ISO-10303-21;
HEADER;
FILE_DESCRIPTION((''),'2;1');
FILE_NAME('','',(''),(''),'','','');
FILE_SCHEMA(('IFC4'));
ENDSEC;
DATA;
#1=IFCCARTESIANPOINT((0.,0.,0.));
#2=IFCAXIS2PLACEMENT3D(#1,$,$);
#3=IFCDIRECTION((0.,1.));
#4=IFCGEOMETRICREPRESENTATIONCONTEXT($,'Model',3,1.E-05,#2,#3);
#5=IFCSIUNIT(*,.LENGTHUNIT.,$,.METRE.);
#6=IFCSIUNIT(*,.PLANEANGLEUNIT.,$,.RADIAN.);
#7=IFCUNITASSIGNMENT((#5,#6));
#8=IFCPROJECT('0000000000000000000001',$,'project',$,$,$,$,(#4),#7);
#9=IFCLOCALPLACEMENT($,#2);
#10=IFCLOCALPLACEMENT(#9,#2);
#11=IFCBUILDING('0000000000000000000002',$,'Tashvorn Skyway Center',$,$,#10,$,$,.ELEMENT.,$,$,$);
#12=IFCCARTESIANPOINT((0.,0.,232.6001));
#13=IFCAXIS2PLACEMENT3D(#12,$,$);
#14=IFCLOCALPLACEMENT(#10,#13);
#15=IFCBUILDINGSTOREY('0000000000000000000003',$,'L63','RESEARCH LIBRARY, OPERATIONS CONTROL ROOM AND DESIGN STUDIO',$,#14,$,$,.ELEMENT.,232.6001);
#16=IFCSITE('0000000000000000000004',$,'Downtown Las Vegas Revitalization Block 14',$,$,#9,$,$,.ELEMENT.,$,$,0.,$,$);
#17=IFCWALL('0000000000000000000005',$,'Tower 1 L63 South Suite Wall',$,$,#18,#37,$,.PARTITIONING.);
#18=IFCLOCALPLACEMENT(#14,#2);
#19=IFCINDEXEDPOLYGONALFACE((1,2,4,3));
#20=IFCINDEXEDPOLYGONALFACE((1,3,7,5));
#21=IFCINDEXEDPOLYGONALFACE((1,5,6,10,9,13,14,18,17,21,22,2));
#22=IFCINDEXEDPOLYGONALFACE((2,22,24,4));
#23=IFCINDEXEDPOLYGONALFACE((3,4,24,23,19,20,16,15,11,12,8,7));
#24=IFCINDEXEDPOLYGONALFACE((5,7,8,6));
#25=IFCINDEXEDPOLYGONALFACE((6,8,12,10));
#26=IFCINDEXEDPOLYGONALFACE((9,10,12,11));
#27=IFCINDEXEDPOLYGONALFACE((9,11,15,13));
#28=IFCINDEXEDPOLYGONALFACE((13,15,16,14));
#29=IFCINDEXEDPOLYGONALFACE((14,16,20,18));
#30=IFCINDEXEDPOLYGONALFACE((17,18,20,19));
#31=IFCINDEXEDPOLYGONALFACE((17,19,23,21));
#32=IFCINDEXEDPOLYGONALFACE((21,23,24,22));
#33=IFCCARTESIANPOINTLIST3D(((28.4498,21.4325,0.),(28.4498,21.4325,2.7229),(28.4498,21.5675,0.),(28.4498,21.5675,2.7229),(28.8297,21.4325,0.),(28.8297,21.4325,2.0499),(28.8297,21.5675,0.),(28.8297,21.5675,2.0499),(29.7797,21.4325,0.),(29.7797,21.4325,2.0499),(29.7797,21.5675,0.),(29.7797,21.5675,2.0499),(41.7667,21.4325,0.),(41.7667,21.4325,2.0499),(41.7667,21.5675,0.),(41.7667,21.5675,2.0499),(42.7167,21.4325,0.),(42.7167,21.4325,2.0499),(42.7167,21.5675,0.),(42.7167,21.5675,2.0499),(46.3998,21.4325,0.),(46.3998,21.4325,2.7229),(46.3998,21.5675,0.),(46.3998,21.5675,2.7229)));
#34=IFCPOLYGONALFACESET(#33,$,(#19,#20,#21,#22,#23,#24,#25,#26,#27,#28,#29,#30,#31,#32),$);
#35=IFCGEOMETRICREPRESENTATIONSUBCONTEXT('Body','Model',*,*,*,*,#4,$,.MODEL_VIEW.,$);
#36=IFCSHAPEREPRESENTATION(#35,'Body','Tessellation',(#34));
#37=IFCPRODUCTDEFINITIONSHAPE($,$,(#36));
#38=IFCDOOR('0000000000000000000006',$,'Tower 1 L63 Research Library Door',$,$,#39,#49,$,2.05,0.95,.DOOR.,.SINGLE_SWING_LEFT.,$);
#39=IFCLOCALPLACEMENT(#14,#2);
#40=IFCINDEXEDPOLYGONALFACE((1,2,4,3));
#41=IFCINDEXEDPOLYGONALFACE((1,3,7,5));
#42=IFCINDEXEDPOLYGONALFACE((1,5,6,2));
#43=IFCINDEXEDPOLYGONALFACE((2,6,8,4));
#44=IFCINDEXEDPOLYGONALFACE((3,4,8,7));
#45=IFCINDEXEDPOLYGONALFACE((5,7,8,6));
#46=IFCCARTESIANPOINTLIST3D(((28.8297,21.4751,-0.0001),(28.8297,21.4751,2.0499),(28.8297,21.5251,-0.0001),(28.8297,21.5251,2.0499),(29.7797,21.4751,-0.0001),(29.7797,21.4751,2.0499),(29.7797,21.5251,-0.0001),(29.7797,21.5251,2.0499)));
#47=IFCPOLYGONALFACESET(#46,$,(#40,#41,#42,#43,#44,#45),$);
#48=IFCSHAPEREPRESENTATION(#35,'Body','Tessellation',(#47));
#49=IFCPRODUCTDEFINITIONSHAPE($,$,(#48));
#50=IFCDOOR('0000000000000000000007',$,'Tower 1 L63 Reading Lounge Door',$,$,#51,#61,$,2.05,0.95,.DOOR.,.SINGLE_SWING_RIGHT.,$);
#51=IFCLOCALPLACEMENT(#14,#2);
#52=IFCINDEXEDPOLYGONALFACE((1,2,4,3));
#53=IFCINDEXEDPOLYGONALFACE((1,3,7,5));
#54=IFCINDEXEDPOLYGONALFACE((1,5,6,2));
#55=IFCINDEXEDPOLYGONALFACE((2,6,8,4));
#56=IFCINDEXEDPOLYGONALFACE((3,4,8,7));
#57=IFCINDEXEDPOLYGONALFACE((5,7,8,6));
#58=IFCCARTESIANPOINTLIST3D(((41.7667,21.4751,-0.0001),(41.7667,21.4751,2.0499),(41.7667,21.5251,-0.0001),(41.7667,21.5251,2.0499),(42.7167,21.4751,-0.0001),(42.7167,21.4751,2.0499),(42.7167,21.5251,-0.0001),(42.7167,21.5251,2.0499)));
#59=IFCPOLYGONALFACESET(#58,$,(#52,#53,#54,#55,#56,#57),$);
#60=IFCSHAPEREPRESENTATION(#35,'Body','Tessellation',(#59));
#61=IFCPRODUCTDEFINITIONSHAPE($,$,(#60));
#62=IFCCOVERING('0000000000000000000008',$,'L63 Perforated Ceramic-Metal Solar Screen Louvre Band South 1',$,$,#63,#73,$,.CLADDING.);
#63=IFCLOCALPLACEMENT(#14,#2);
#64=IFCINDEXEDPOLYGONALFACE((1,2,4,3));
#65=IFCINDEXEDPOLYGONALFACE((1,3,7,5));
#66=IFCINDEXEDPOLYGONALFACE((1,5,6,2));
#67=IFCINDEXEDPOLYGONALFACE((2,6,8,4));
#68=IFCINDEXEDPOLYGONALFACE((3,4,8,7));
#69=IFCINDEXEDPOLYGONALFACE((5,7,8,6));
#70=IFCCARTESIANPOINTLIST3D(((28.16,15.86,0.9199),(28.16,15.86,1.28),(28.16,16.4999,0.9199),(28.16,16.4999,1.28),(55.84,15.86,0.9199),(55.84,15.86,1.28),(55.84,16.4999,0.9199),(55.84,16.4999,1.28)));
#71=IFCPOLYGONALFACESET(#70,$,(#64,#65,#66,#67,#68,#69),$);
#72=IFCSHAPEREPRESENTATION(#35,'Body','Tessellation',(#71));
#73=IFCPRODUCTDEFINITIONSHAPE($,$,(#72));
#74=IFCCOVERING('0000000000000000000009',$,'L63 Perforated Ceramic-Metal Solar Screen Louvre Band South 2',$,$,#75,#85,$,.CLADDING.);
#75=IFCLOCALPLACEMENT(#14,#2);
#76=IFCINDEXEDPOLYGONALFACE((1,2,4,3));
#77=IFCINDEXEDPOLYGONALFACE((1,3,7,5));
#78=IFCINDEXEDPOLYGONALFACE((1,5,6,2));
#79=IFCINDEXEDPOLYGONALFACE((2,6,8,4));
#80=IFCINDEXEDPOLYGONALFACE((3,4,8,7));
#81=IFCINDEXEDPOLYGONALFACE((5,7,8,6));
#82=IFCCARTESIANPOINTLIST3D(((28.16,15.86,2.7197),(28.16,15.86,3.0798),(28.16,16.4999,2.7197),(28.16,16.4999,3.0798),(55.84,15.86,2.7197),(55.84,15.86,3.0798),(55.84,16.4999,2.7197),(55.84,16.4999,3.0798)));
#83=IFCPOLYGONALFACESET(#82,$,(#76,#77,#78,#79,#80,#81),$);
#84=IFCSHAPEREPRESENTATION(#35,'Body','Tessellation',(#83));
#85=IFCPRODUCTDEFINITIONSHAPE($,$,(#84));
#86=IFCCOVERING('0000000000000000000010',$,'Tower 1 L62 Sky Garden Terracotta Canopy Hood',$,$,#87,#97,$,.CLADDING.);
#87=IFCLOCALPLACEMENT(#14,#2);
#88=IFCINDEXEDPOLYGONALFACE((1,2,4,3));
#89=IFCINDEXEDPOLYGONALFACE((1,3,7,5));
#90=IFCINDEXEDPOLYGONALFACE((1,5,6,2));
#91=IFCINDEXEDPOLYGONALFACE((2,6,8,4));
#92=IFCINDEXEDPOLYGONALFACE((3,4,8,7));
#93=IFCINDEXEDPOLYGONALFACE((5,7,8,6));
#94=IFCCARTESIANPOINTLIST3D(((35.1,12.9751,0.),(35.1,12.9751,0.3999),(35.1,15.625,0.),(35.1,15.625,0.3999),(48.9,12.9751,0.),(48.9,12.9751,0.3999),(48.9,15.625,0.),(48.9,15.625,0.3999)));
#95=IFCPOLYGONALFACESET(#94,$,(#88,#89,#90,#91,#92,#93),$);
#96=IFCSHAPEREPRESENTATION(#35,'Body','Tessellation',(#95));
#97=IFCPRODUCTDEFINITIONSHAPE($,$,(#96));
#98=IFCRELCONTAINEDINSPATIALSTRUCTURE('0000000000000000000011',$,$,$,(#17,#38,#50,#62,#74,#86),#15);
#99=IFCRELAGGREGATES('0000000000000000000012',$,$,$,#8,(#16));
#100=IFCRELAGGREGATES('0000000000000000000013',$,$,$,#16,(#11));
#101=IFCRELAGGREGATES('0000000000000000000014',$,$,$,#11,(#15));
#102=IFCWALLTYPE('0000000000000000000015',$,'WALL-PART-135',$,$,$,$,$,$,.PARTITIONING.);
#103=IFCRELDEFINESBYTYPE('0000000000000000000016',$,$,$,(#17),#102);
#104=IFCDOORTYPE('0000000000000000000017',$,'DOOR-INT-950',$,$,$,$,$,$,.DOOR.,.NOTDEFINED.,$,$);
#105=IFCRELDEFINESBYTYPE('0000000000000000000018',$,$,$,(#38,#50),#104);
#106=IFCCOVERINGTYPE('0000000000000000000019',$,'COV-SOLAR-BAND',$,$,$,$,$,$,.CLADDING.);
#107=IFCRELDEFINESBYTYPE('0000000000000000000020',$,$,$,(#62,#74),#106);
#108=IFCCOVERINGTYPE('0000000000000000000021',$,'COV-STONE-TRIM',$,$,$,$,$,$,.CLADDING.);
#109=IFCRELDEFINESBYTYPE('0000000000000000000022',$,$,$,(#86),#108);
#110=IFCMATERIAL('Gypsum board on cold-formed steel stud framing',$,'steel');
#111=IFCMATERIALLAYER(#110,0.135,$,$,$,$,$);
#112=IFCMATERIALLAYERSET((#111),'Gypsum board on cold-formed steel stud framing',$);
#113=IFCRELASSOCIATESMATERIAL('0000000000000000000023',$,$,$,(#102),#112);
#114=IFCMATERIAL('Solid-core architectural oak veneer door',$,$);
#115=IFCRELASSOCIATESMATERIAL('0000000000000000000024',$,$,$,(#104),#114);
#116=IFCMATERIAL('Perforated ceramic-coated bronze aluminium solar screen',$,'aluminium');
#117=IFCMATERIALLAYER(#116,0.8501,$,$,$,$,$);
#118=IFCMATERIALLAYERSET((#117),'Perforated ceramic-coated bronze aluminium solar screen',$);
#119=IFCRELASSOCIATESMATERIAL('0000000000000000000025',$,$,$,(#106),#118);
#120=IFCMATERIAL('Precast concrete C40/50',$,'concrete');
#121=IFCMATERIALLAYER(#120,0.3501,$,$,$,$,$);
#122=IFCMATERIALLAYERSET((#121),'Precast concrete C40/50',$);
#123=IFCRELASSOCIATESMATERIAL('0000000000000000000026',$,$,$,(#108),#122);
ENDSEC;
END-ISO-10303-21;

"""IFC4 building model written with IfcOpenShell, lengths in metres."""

from ifc_helpers import new_model, si_unit, direction, frame, frame_2d, origin, origin_2d, place, context, subcontext, project, spatial, rectangle, extrude, material, layer, layer_set, type_object, element, fill, save


model = new_model("IFC4")

# Units and contexts
model_context = context("Model", 3, precision=1e-05, world=origin(), true_north=direction((0.0, 1.0)))
body_context = subcontext(model_context, "Body", "Model", "MODEL_VIEW")
ifc_project = project(units=[si_unit("LENGTHUNIT", "METRE"), si_unit("PLANEANGLEUNIT", "RADIAN")], contexts=[model_context])

# Site, building, storey
site_placement = place(None, origin())
site = spatial("IfcSite", under=ifc_project, at=site_placement, Name="Downtown Las Vegas Revitalization Block 14", CompositionType="ELEMENT", RefElevation=0.0)
building_placement = place(site_placement, origin())
building = spatial("IfcBuilding", under=site, at=building_placement, Name="Tashvorn Skyway Center", CompositionType="ELEMENT")
storey_placement = place(building_placement, frame((0.0, 0.0, 232.6001)))
storey = spatial("IfcBuildingStorey", under=building, at=storey_placement, Name="L63", Description="RESEARCH LIBRARY, OPERATIONS CONTROL ROOM AND DESIGN STUDIO", CompositionType="ELEMENT", Elevation=232.6001)

# Shared definitions
ifc_material_1 = material(Name="Gypsum board on cold-formed steel stud framing", Category="steel")

# Wall, openings, doors
ifc_layer_1 = layer(ifc_material_1, 0.135)
ifc_layer_set_1 = layer_set([ifc_layer_1], Name="Gypsum board on cold-formed steel stud framing")
wall_type_1 = type_object("IfcWallType", Name="WALL-PART-135", PredefinedType="PARTITIONING", material=ifc_layer_set_1)
wall_1_placement = place(storey_placement, frame((46.3999, 21.5, 0.0), z_axis=(0.0, 0.0, 1.0), x_axis=(-1.0, 0.0, 0.0)))
wall_1 = element("IfcWall", 1, at=wall_1_placement, inside=storey, type_object=wall_type_1, Name="Tower 1 L63 South Suite Wall", PredefinedType="PARTITIONING", context=body_context, shape_type="SweptSolid", body=[
    extrude(rectangle(XDim=17.95, YDim=0.135, at=frame_2d((8.9751, 0.0))), origin(), (0.0, 0.0, 1.0), 2.7229),
])
opening_1_placement = place(wall_1_placement, frame((16.6201, 0.0, 0.0)))
opening_1 = element("IfcOpeningElement", 2, at=opening_1_placement, cuts=wall_1, PredefinedType="OPENING", context=body_context, shape_type="SweptSolid", body=[
    extrude(rectangle(XDim=0.95, YDim=2.05, at=frame_2d((0.4751, 1.0249))), frame((0.0, 0.0774, 0.0), z_axis=(0.0, -1.0, 0.0), x_axis=(1.0, 0.0, 0.0)), (0.0, 0.0, 1.0), 0.155),
])
opening_2_placement = place(wall_1_placement, frame((3.6831, 0.0, 0.0)))
opening_2 = element("IfcOpeningElement", 3, at=opening_2_placement, cuts=wall_1, PredefinedType="OPENING", context=body_context, shape_type="SweptSolid", body=[
    extrude(rectangle(XDim=0.95, YDim=2.05, at=frame_2d((0.4751, 1.0249))), frame((0.0, 0.0774, 0.0), z_axis=(0.0, -1.0, 0.0), x_axis=(1.0, 0.0, 0.0)), (0.0, 0.0, 1.0), 0.155),
])
ifc_material_2 = material(Name="Solid-core architectural oak veneer door")
door_type = type_object("IfcDoorType", Name="DOOR-INT-950", OperationType="NOTDEFINED", PredefinedType="DOOR", material=ifc_material_2)
door_1_placement = place(opening_1_placement, origin())
door_1 = element("IfcDoor", 4, at=door_1_placement, inside=storey, type_object=door_type, Name="Tower 1 L63 Research Library Door", OperationType="SINGLE_SWING_LEFT", OverallHeight=2.05, OverallWidth=0.95, PredefinedType="DOOR", context=body_context, shape_type="SweptSolid", body=[
    extrude(rectangle(XDim=0.95, YDim=2.05, at=frame_2d((0.4751, 1.0249))), frame((0.0, 0.0249, 0.0), z_axis=(0.0, -1.0, 0.0), x_axis=(1.0, 0.0, 0.0)), (0.0, 0.0, 1.0), 0.05),
])
fill(opening_1, door_1)
door_2_placement = place(opening_2_placement, origin())
door_2 = element("IfcDoor", 5, at=door_2_placement, inside=storey, type_object=door_type, Name="Tower 1 L63 Reading Lounge Door", OperationType="SINGLE_SWING_RIGHT", OverallHeight=2.05, OverallWidth=0.95, PredefinedType="DOOR", context=body_context, shape_type="SweptSolid", body=[
    extrude(rectangle(XDim=0.95, YDim=2.05, at=frame_2d((0.4751, 1.0249))), frame((0.0, 0.0249, 0.0), z_axis=(0.0, -1.0, 0.0), x_axis=(1.0, 0.0, 0.0)), (0.0, 0.0, 1.0), 0.05),
])
fill(opening_2, door_2)

# Coverings
ifc_material_3 = material(Name="Perforated ceramic-coated bronze aluminium solar screen", Category="aluminium")
ifc_layer_2 = layer(ifc_material_3, 0.8501)
ifc_layer_set_2 = layer_set([ifc_layer_2], Name="Perforated ceramic-coated bronze aluminium solar screen")
covering_type_1 = type_object("IfcCoveringType", Name="COV-SOLAR-BAND", PredefinedType="CLADDING", material=ifc_layer_set_2)
for number, where, z_axis, x_axis, name in (
    (6, (42.0, 16.1799, 0.9199), (0.0, 0.0, 1.0), (-1.0, 0.0, 0.0), "L63 Perforated Ceramic-Metal Solar Screen Louvre Band South 1"),
    (7, (42.0, 16.1799, 2.7197), (0.0, 0.0, 1.0), (-1.0, 0.0, 0.0), "L63 Perforated Ceramic-Metal Solar Screen Louvre Band South 2"),
):
    element("IfcCovering", number, at=place(storey_placement, frame(where, z_axis=z_axis, x_axis=x_axis)), inside=storey, type_object=covering_type_1, Name=name, PredefinedType="CLADDING", context=body_context, shape_type="SweptSolid", body=[
        extrude(rectangle(XDim=27.6799, YDim=0.6399, at=origin_2d()), origin(), (0.0, 0.0, 1.0), 0.3601),
    ])
ifc_material_4 = material(Name="Precast concrete C40/50", Category="concrete")
ifc_layer_3 = layer(ifc_material_4, 0.3501)
ifc_layer_set_3 = layer_set([ifc_layer_3], Name="Precast concrete C40/50")
covering_type_2 = type_object("IfcCoveringType", Name="COV-STONE-TRIM", PredefinedType="CLADDING", material=ifc_layer_set_3)
covering_placement = place(storey_placement, frame((42.0, 14.3, 0.0), z_axis=(0.0, 0.0, 1.0), x_axis=(-1.0, 0.0, 0.0)))
element("IfcCovering", 8, at=covering_placement, inside=storey, type_object=covering_type_2, Name="Tower 1 L62 Sky Garden Terracotta Canopy Hood", PredefinedType="CLADDING", context=body_context, shape_type="SweptSolid", body=[
    extrude(rectangle(XDim=13.8, YDim=2.6499, at=origin_2d()), origin(), (0.0, 0.0, 1.0), 0.3999),
])

save(model, "model.ifc")
